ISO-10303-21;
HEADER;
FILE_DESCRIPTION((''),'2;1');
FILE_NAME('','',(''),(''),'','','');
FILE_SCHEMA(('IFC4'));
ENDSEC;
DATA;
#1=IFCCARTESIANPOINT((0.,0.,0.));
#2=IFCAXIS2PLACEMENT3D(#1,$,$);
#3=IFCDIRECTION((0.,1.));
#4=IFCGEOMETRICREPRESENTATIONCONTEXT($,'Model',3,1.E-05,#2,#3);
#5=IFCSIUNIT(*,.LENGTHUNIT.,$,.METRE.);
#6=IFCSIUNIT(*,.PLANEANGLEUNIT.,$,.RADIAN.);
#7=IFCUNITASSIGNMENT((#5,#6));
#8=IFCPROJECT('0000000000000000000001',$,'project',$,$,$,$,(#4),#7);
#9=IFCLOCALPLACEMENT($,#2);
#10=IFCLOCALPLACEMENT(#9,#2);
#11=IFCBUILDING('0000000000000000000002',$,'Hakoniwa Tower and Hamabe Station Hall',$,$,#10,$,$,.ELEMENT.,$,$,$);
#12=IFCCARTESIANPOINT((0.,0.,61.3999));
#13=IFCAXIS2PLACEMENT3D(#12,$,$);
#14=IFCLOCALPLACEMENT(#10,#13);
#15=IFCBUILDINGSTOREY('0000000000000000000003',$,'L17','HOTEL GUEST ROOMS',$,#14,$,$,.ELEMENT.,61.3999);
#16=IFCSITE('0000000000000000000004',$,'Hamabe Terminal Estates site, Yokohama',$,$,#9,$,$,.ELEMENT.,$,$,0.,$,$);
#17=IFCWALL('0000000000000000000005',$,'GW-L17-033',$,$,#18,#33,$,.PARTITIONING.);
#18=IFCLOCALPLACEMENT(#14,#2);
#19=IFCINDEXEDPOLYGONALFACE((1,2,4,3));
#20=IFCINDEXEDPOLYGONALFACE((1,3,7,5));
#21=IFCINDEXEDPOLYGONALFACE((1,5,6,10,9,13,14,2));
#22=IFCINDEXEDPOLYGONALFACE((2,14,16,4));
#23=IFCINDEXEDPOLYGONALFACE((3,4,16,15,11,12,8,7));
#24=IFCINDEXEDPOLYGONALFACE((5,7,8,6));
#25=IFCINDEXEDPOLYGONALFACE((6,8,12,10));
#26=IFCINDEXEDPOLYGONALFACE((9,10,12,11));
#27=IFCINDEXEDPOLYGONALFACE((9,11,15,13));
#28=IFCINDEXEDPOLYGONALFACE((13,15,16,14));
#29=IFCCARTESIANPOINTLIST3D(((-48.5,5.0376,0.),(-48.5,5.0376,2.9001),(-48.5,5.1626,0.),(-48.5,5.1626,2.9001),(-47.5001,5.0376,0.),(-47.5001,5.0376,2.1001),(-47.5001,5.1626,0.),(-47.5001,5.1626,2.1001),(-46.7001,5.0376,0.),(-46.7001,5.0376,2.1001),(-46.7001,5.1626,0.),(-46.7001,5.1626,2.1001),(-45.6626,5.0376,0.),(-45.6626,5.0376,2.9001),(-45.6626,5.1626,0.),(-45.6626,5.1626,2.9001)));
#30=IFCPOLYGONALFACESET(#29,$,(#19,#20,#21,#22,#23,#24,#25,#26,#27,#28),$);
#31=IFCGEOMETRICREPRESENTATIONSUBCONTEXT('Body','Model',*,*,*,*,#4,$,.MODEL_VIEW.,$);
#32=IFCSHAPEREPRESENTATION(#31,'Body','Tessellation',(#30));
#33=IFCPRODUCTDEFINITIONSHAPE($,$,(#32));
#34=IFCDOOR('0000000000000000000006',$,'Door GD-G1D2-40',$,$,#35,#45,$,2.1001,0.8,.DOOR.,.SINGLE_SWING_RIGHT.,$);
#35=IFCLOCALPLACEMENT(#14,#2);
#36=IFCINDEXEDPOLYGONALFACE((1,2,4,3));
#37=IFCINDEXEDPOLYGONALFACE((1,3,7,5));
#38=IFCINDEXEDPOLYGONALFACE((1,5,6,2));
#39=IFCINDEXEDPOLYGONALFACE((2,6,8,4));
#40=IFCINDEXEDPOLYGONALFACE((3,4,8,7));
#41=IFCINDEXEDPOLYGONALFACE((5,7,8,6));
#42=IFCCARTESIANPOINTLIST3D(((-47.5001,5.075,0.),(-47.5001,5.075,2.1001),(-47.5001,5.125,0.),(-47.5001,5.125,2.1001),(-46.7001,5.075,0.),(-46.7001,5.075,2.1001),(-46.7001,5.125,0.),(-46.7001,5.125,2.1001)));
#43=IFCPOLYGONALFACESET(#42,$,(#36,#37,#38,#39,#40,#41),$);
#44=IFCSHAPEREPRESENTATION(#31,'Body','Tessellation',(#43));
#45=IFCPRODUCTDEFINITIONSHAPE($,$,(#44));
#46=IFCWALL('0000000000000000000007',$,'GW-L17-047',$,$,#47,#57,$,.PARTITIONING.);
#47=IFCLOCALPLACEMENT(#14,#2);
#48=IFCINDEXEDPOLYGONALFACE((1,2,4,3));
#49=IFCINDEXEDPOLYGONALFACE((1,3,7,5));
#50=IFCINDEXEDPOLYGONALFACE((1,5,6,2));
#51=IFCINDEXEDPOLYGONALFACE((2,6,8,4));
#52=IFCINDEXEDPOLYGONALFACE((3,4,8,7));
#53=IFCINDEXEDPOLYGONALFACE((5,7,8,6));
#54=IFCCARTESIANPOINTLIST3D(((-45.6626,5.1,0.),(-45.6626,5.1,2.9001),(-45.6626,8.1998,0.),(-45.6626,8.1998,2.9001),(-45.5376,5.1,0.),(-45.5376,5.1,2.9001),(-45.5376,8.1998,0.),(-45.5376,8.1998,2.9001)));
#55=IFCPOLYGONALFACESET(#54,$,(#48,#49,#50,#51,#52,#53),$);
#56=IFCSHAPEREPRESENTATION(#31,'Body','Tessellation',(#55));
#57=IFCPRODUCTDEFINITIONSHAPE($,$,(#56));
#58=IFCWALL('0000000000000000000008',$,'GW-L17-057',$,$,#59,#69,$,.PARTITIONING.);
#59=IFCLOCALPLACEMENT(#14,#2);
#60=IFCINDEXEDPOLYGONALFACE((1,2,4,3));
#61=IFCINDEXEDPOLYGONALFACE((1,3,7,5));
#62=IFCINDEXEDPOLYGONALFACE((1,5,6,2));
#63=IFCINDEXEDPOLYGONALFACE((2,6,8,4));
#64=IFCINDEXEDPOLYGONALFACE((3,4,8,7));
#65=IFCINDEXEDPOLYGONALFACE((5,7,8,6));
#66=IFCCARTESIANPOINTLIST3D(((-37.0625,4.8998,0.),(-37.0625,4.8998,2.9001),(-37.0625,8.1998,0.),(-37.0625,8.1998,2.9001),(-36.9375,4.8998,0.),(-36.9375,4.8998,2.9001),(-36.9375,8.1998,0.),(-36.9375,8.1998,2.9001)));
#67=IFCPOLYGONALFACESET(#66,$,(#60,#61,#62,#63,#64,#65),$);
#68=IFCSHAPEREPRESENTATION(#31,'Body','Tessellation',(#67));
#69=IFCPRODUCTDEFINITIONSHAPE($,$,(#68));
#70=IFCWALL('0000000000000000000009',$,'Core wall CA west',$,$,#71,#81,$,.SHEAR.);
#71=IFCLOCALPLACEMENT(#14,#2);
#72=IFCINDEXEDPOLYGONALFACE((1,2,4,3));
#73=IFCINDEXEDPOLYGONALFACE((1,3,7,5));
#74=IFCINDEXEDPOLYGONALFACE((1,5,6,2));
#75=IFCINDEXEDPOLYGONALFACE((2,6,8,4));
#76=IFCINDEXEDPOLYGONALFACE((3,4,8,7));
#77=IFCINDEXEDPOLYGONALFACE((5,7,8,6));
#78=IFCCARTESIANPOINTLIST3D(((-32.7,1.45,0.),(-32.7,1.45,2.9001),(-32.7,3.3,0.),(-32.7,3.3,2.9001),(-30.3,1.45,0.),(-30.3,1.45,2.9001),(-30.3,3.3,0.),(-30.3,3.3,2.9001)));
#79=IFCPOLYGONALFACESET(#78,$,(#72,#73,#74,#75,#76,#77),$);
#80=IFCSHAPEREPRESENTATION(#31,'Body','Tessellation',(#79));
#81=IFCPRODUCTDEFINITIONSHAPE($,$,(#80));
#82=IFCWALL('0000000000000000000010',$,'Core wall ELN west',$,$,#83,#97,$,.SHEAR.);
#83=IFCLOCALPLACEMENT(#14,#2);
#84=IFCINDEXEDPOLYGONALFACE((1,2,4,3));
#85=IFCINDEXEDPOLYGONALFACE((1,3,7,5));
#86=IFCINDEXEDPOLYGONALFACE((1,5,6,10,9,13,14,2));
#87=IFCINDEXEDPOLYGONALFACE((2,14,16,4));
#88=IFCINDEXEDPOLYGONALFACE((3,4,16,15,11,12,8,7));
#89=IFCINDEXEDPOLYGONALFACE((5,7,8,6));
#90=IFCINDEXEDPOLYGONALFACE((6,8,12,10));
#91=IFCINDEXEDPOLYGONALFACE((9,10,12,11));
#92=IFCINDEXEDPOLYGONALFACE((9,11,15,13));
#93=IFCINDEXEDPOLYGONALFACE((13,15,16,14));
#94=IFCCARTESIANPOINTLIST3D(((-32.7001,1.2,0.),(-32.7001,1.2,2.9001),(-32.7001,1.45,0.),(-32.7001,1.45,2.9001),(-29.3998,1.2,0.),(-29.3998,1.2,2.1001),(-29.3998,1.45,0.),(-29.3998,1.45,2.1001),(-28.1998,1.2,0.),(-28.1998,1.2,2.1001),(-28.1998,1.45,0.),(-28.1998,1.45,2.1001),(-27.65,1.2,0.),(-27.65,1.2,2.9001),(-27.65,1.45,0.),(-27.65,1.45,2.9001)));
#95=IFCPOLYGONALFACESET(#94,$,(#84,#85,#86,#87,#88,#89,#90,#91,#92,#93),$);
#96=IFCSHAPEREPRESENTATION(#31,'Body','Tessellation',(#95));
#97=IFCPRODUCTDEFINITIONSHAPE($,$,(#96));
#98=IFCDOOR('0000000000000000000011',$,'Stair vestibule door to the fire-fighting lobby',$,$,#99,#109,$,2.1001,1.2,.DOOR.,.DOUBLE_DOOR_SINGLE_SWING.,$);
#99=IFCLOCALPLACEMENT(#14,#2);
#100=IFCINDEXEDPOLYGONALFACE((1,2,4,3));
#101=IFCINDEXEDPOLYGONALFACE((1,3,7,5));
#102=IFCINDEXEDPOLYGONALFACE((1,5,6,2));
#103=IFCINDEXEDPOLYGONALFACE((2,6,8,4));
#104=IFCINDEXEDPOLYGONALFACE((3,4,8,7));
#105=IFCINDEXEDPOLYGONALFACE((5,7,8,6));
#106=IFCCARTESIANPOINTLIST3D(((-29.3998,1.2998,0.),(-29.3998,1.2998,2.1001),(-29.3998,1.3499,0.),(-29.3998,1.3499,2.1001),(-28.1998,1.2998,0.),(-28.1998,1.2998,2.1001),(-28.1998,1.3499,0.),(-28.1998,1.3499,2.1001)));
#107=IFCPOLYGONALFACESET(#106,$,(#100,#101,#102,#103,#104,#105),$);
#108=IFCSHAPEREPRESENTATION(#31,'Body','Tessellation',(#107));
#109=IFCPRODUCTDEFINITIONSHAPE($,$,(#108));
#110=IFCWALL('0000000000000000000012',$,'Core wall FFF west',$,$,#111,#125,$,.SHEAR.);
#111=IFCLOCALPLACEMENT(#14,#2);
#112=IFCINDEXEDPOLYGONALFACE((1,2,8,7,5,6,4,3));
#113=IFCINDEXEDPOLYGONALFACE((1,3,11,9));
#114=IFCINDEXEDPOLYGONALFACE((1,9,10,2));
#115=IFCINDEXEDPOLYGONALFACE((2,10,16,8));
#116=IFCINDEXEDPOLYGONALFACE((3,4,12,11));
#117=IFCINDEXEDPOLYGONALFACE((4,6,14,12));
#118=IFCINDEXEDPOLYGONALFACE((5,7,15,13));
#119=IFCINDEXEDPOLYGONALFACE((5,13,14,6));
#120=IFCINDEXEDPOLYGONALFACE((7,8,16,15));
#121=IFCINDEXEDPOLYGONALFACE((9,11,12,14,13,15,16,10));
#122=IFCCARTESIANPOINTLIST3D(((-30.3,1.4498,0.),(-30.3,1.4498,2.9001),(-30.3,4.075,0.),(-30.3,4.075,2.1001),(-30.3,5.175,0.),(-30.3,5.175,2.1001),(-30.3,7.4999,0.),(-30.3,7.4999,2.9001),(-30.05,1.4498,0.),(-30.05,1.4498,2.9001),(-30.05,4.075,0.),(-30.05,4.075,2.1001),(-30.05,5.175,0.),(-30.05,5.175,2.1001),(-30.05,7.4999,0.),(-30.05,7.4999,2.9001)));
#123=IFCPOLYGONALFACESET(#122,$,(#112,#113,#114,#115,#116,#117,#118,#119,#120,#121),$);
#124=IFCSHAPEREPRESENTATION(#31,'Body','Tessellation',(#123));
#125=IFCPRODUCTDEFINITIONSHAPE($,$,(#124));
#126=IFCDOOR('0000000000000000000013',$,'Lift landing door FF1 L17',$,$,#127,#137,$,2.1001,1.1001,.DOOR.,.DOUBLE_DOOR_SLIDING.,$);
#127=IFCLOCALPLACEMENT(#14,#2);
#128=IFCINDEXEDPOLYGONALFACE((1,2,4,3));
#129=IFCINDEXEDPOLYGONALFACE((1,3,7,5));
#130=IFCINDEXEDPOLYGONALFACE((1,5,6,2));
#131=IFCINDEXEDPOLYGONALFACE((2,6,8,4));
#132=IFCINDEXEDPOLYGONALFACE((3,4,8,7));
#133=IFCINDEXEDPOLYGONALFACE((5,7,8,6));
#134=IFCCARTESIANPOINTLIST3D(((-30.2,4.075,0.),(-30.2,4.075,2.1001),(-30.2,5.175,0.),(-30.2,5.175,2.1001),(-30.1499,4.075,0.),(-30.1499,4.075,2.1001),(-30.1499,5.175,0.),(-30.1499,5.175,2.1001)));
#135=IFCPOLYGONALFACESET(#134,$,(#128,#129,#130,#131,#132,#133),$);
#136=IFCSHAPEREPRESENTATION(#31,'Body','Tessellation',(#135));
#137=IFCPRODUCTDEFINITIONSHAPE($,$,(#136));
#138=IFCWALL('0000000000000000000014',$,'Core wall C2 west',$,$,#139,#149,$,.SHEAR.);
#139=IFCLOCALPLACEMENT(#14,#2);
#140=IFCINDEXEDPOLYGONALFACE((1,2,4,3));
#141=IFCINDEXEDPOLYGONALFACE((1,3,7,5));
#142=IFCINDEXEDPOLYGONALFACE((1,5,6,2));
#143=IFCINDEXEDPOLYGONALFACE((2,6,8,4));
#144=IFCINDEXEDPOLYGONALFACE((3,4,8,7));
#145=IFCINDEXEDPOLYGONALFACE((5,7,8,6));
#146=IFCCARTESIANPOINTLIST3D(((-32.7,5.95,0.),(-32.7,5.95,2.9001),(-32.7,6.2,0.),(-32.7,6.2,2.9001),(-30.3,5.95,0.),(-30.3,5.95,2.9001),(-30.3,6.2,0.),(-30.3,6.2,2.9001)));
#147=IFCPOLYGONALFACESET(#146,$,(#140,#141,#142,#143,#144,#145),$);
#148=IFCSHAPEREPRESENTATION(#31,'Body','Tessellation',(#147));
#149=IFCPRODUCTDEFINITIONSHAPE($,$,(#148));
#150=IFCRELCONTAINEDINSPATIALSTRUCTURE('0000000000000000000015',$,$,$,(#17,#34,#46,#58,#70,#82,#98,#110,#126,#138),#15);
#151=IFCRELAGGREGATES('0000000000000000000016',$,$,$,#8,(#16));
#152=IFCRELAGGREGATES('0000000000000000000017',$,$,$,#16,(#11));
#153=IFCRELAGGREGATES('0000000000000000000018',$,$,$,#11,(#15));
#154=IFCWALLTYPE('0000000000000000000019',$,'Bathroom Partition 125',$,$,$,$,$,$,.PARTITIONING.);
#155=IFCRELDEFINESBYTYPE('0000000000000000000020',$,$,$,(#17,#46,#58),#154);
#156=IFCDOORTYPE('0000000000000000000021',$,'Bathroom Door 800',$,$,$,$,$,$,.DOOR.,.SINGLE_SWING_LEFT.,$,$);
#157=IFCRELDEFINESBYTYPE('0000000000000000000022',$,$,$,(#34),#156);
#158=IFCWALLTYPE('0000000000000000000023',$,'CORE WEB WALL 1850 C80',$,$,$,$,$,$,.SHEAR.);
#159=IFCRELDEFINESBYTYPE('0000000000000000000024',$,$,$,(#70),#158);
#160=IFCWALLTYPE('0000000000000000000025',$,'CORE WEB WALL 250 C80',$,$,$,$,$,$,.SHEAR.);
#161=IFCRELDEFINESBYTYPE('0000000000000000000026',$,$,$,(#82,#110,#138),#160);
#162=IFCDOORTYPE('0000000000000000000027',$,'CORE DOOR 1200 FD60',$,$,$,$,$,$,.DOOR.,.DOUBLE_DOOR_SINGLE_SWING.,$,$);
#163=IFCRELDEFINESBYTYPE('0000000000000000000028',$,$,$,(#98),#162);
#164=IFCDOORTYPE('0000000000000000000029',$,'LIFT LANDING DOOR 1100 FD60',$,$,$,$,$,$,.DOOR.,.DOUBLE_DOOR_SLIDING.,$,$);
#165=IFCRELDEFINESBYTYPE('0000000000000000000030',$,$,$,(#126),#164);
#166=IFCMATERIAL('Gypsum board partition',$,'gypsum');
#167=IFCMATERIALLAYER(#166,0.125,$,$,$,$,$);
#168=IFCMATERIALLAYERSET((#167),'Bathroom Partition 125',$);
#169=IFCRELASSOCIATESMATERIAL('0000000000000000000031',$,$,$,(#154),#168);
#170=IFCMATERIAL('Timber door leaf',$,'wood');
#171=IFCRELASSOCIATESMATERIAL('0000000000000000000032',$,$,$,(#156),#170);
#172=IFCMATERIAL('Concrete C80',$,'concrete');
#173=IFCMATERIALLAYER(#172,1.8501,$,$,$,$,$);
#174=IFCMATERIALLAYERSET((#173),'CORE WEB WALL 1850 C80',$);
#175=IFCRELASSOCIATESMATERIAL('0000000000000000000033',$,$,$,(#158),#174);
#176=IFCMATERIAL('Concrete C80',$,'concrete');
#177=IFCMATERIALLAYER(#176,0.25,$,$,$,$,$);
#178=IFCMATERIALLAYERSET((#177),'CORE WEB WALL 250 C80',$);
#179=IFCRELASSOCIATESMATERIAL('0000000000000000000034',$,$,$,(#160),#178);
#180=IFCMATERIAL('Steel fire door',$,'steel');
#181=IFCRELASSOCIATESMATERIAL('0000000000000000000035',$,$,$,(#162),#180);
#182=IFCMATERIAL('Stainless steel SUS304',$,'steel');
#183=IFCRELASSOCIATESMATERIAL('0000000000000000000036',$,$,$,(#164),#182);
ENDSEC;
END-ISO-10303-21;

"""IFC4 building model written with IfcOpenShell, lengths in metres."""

from ifc_helpers import new_model, si_unit, direction, frame, frame_2d, origin, place, context, subcontext, project, spatial, rectangle, extrude, material, layer, layer_set, type_object, element, fill, save


model = new_model("IFC4")

# Units and contexts
model_context = context("Model", 3, precision=1e-05, world=origin(), true_north=direction((0.0, 1.0)))
body_context = subcontext(model_context, "Body", "Model", "MODEL_VIEW")
ifc_project = project(units=[si_unit("LENGTHUNIT", "METRE"), si_unit("PLANEANGLEUNIT", "RADIAN")], contexts=[model_context])

# Site, building, storey
site_placement = place(None, origin())
site = spatial("IfcSite", under=ifc_project, at=site_placement, Name="Hamabe Terminal Estates site, Yokohama", CompositionType="ELEMENT", RefElevation=0.0)
building_placement = place(site_placement, origin())
building = spatial("IfcBuilding", under=site, at=building_placement, Name="Hakoniwa Tower and Hamabe Station Hall", CompositionType="ELEMENT")
storey_placement = place(building_placement, frame((0.0, 0.0, 61.3999)))
storey = spatial("IfcBuildingStorey", under=building, at=storey_placement, Name="L17", Description="HOTEL GUEST ROOMS", CompositionType="ELEMENT", Elevation=61.3999)

# Wall, opening, door
ifc_material_1 = material(Name="Gypsum board partition", Category="gypsum")
ifc_layer_1 = layer(ifc_material_1, 0.125)
ifc_layer_set_1 = layer_set([ifc_layer_1], Name="Bathroom Partition 125")
wall_type_1 = type_object("IfcWallType", Name="Bathroom Partition 125", PredefinedType="PARTITIONING", material=ifc_layer_set_1)
ifc_material_2 = material(Name="Timber door leaf", Category="wood")
door_type_1 = type_object("IfcDoorType", Name="Bathroom Door 800", OperationType="SINGLE_SWING_LEFT", PredefinedType="DOOR", material=ifc_material_2)
wall_1_placement = place(storey_placement, frame((-48.5, 5.1001, 0.0), z_axis=(0.0, 0.0, 1.0), x_axis=(1.0, 0.0, 0.0)))
wall_1 = element("IfcWall", 1, at=wall_1_placement, inside=storey, type_object=wall_type_1, Name="GW-L17-033", PredefinedType="PARTITIONING", context=body_context, shape_type="SweptSolid", body=[
    extrude(rectangle(XDim=2.8374, YDim=0.125, at=frame_2d((1.4187, 0.0))), origin(), (0.0, 0.0, 1.0), 2.9001),
])
opening_1_placement = place(wall_1_placement, frame((1.0, 0.0, 0.0)))
opening_1 = element("IfcOpeningElement", 2, at=opening_1_placement, cuts=wall_1, PredefinedType="OPENING", context=body_context, shape_type="SweptSolid", body=[
    extrude(rectangle(XDim=0.8, YDim=2.1001, at=frame_2d((0.3999, 1.05))), frame((0.0, 0.0725, 0.0), z_axis=(0.0, -1.0, 0.0), x_axis=(1.0, 0.0, 0.0)), (0.0, 0.0, 1.0), 0.145),
])
door_1_placement = place(opening_1_placement, origin())
door_1 = element("IfcDoor", 3, at=door_1_placement, inside=storey, type_object=door_type_1, Name="Door GD-G1D2-40", OperationType="SINGLE_SWING_RIGHT", OverallHeight=2.1001, OverallWidth=0.8, PredefinedType="DOOR", context=body_context, shape_type="SweptSolid", body=[
    extrude(rectangle(XDim=0.8, YDim=2.1001, at=frame_2d((0.3999, 1.05))), frame((0.0, 0.0249, 0.0), z_axis=(0.0, -1.0, 0.0), x_axis=(1.0, 0.0, 0.0)), (0.0, 0.0, 1.0), 0.05),
])
fill(opening_1, door_1)

# Walls
wall_2_placement = place(storey_placement, frame((-45.6001, 5.1001, 0.0), z_axis=(0.0, 0.0, 1.0), x_axis=(0.0, 1.0, 0.0)))
element("IfcWall", 4, at=wall_2_placement, inside=storey, type_object=wall_type_1, Name="GW-L17-047", PredefinedType="PARTITIONING", context=body_context, shape_type="SweptSolid", body=[
    extrude(rectangle(XDim=3.0999, YDim=0.125, at=frame_2d((1.5498, 0.0))), origin(), (0.0, 0.0, 1.0), 2.9001),
])
wall_3_placement = place(storey_placement, frame((-37.0, 4.8999, 0.0), z_axis=(0.0, 0.0, 1.0), x_axis=(0.0, 1.0, 0.0)))
element("IfcWall", 5, at=wall_3_placement, inside=storey, type_object=wall_type_1, Name="GW-L17-057", PredefinedType="PARTITIONING", context=body_context, shape_type="SweptSolid", body=[
    extrude(rectangle(XDim=3.3, YDim=0.125, at=frame_2d((1.6499, 0.0))), origin(), (0.0, 0.0, 1.0), 2.9001),
])
ifc_material_3 = material(Name="Concrete C80", Category="concrete")
ifc_layer_2 = layer(ifc_material_3, 1.8501)
ifc_layer_set_2 = layer_set([ifc_layer_2], Name="CORE WEB WALL 1850 C80")
wall_type_2 = type_object("IfcWallType", Name="CORE WEB WALL 1850 C80", PredefinedType="SHEAR", material=ifc_layer_set_2)
wall_4_placement = place(storey_placement, frame((-32.7, 2.375, 0.0), z_axis=(0.0, 0.0, 1.0), x_axis=(1.0, 0.0, 0.0)))
element("IfcWall", 6, at=wall_4_placement, inside=storey, type_object=wall_type_2, Name="Core wall CA west", PredefinedType="SHEAR", context=body_context, shape_type="SweptSolid", body=[
    extrude(rectangle(XDim=2.3999, YDim=1.8501, at=frame_2d((1.2, 0.0))), origin(), (0.0, 0.0, 1.0), 2.9001),
])

# Walls, openings, doors
ifc_material_4 = material(Name="Concrete C80", Category="concrete")
ifc_layer_3 = layer(ifc_material_4, 0.25)
ifc_layer_set_3 = layer_set([ifc_layer_3], Name="CORE WEB WALL 250 C80")
wall_type_3 = type_object("IfcWallType", Name="CORE WEB WALL 250 C80", PredefinedType="SHEAR", material=ifc_layer_set_3)
wall_5_placement = place(storey_placement, frame((-32.7, 1.325, 0.0), z_axis=(0.0, 0.0, 1.0), x_axis=(1.0, 0.0, 0.0)))
wall_5 = element("IfcWall", 7, at=wall_5_placement, inside=storey, type_object=wall_type_3, Name="Core wall ELN west", PredefinedType="SHEAR", context=body_context, shape_type="SweptSolid", body=[
    extrude(rectangle(XDim=5.05, YDim=0.25, at=frame_2d((2.5249, 0.0))), origin(), (0.0, 0.0, 1.0), 2.9001),
])
opening_2_placement = place(wall_5_placement, frame((3.3, 0.0, 0.0)))
opening_2 = element("IfcOpeningElement", 8, at=opening_2_placement, cuts=wall_5, PredefinedType="OPENING", context=body_context, shape_type="SweptSolid", body=[
    extrude(rectangle(XDim=1.2, YDim=2.1001, at=frame_2d((0.6001, 1.05))), frame((0.0, 0.135, 0.0), z_axis=(0.0, -1.0, 0.0), x_axis=(1.0, 0.0, 0.0)), (0.0, 0.0, 1.0), 0.27),
])
ifc_material_5 = material(Name="Steel fire door", Category="steel")
door_type_2 = type_object("IfcDoorType", Name="CORE DOOR 1200 FD60", OperationType="DOUBLE_DOOR_SINGLE_SWING", PredefinedType="DOOR", material=ifc_material_5)
door_2_placement = place(opening_2_placement, origin())
door_2 = element("IfcDoor", 9, at=door_2_placement, inside=storey, type_object=door_type_2, Name="Stair vestibule door to the fire-fighting lobby", OperationType="DOUBLE_DOOR_SINGLE_SWING", OverallHeight=2.1001, OverallWidth=1.2, PredefinedType="DOOR", context=body_context, shape_type="SweptSolid", body=[
    extrude(rectangle(XDim=1.2, YDim=2.1001, at=frame_2d((0.6001, 1.05))), frame((0.0, 0.0249, 0.0), z_axis=(0.0, -1.0, 0.0), x_axis=(1.0, 0.0, 0.0)), (0.0, 0.0, 1.0), 0.05),
])
fill(opening_2, door_2)
wall_6_placement = place(storey_placement, frame((-30.175, 1.45, 0.0), z_axis=(0.0, 0.0, 1.0), x_axis=(0.0, 1.0, 0.0)))
wall_6 = element("IfcWall", 10, at=wall_6_placement, inside=storey, type_object=wall_type_3, Name="Core wall FFF west", PredefinedType="SHEAR", context=body_context, shape_type="SweptSolid", body=[
    extrude(rectangle(XDim=6.05, YDim=0.25, at=frame_2d((3.0249, 0.0))), origin(), (0.0, 0.0, 1.0), 2.9001),
])
opening_3_placement = place(wall_6_placement, frame((2.625, 0.0, 0.0)))
opening_3 = element("IfcOpeningElement", 11, at=opening_3_placement, cuts=wall_6, PredefinedType="OPENING", context=body_context, shape_type="SweptSolid", body=[
    extrude(rectangle(XDim=1.1001, YDim=2.1001, at=frame_2d((0.55, 1.05))), frame((0.0, 0.135, 0.0), z_axis=(0.0, -1.0, 0.0), x_axis=(1.0, 0.0, 0.0)), (0.0, 0.0, 1.0), 0.27),
])
ifc_material_6 = material(Name="Stainless steel SUS304", Category="steel")
door_type_3 = type_object("IfcDoorType", Name="LIFT LANDING DOOR 1100 FD60", OperationType="DOUBLE_DOOR_SLIDING", PredefinedType="DOOR", material=ifc_material_6)
door_3_placement = place(opening_3_placement, origin())
door_3 = element("IfcDoor", 12, at=door_3_placement, inside=storey, type_object=door_type_3, Name="Lift landing door FF1 L17", OperationType="DOUBLE_DOOR_SLIDING", OverallHeight=2.1001, OverallWidth=1.1001, PredefinedType="DOOR", context=body_context, shape_type="SweptSolid", body=[
    extrude(rectangle(XDim=1.1001, YDim=2.1001, at=frame_2d((0.55, 1.05))), frame((0.0, 0.0249, 0.0), z_axis=(0.0, -1.0, 0.0), x_axis=(1.0, 0.0, 0.0)), (0.0, 0.0, 1.0), 0.05),
])
fill(opening_3, door_3)

# Wall
wall_7_placement = place(storey_placement, frame((-32.7, 6.075, 0.0), z_axis=(0.0, 0.0, 1.0), x_axis=(1.0, 0.0, 0.0)))
element("IfcWall", 13, at=wall_7_placement, inside=storey, type_object=wall_type_3, Name="Core wall C2 west", PredefinedType="SHEAR", context=body_context, shape_type="SweptSolid", body=[
    extrude(rectangle(XDim=2.3999, YDim=0.25, at=frame_2d((1.2, 0.0))), origin(), (0.0, 0.0, 1.0), 2.9001),
])

save(model, "model.ifc")
